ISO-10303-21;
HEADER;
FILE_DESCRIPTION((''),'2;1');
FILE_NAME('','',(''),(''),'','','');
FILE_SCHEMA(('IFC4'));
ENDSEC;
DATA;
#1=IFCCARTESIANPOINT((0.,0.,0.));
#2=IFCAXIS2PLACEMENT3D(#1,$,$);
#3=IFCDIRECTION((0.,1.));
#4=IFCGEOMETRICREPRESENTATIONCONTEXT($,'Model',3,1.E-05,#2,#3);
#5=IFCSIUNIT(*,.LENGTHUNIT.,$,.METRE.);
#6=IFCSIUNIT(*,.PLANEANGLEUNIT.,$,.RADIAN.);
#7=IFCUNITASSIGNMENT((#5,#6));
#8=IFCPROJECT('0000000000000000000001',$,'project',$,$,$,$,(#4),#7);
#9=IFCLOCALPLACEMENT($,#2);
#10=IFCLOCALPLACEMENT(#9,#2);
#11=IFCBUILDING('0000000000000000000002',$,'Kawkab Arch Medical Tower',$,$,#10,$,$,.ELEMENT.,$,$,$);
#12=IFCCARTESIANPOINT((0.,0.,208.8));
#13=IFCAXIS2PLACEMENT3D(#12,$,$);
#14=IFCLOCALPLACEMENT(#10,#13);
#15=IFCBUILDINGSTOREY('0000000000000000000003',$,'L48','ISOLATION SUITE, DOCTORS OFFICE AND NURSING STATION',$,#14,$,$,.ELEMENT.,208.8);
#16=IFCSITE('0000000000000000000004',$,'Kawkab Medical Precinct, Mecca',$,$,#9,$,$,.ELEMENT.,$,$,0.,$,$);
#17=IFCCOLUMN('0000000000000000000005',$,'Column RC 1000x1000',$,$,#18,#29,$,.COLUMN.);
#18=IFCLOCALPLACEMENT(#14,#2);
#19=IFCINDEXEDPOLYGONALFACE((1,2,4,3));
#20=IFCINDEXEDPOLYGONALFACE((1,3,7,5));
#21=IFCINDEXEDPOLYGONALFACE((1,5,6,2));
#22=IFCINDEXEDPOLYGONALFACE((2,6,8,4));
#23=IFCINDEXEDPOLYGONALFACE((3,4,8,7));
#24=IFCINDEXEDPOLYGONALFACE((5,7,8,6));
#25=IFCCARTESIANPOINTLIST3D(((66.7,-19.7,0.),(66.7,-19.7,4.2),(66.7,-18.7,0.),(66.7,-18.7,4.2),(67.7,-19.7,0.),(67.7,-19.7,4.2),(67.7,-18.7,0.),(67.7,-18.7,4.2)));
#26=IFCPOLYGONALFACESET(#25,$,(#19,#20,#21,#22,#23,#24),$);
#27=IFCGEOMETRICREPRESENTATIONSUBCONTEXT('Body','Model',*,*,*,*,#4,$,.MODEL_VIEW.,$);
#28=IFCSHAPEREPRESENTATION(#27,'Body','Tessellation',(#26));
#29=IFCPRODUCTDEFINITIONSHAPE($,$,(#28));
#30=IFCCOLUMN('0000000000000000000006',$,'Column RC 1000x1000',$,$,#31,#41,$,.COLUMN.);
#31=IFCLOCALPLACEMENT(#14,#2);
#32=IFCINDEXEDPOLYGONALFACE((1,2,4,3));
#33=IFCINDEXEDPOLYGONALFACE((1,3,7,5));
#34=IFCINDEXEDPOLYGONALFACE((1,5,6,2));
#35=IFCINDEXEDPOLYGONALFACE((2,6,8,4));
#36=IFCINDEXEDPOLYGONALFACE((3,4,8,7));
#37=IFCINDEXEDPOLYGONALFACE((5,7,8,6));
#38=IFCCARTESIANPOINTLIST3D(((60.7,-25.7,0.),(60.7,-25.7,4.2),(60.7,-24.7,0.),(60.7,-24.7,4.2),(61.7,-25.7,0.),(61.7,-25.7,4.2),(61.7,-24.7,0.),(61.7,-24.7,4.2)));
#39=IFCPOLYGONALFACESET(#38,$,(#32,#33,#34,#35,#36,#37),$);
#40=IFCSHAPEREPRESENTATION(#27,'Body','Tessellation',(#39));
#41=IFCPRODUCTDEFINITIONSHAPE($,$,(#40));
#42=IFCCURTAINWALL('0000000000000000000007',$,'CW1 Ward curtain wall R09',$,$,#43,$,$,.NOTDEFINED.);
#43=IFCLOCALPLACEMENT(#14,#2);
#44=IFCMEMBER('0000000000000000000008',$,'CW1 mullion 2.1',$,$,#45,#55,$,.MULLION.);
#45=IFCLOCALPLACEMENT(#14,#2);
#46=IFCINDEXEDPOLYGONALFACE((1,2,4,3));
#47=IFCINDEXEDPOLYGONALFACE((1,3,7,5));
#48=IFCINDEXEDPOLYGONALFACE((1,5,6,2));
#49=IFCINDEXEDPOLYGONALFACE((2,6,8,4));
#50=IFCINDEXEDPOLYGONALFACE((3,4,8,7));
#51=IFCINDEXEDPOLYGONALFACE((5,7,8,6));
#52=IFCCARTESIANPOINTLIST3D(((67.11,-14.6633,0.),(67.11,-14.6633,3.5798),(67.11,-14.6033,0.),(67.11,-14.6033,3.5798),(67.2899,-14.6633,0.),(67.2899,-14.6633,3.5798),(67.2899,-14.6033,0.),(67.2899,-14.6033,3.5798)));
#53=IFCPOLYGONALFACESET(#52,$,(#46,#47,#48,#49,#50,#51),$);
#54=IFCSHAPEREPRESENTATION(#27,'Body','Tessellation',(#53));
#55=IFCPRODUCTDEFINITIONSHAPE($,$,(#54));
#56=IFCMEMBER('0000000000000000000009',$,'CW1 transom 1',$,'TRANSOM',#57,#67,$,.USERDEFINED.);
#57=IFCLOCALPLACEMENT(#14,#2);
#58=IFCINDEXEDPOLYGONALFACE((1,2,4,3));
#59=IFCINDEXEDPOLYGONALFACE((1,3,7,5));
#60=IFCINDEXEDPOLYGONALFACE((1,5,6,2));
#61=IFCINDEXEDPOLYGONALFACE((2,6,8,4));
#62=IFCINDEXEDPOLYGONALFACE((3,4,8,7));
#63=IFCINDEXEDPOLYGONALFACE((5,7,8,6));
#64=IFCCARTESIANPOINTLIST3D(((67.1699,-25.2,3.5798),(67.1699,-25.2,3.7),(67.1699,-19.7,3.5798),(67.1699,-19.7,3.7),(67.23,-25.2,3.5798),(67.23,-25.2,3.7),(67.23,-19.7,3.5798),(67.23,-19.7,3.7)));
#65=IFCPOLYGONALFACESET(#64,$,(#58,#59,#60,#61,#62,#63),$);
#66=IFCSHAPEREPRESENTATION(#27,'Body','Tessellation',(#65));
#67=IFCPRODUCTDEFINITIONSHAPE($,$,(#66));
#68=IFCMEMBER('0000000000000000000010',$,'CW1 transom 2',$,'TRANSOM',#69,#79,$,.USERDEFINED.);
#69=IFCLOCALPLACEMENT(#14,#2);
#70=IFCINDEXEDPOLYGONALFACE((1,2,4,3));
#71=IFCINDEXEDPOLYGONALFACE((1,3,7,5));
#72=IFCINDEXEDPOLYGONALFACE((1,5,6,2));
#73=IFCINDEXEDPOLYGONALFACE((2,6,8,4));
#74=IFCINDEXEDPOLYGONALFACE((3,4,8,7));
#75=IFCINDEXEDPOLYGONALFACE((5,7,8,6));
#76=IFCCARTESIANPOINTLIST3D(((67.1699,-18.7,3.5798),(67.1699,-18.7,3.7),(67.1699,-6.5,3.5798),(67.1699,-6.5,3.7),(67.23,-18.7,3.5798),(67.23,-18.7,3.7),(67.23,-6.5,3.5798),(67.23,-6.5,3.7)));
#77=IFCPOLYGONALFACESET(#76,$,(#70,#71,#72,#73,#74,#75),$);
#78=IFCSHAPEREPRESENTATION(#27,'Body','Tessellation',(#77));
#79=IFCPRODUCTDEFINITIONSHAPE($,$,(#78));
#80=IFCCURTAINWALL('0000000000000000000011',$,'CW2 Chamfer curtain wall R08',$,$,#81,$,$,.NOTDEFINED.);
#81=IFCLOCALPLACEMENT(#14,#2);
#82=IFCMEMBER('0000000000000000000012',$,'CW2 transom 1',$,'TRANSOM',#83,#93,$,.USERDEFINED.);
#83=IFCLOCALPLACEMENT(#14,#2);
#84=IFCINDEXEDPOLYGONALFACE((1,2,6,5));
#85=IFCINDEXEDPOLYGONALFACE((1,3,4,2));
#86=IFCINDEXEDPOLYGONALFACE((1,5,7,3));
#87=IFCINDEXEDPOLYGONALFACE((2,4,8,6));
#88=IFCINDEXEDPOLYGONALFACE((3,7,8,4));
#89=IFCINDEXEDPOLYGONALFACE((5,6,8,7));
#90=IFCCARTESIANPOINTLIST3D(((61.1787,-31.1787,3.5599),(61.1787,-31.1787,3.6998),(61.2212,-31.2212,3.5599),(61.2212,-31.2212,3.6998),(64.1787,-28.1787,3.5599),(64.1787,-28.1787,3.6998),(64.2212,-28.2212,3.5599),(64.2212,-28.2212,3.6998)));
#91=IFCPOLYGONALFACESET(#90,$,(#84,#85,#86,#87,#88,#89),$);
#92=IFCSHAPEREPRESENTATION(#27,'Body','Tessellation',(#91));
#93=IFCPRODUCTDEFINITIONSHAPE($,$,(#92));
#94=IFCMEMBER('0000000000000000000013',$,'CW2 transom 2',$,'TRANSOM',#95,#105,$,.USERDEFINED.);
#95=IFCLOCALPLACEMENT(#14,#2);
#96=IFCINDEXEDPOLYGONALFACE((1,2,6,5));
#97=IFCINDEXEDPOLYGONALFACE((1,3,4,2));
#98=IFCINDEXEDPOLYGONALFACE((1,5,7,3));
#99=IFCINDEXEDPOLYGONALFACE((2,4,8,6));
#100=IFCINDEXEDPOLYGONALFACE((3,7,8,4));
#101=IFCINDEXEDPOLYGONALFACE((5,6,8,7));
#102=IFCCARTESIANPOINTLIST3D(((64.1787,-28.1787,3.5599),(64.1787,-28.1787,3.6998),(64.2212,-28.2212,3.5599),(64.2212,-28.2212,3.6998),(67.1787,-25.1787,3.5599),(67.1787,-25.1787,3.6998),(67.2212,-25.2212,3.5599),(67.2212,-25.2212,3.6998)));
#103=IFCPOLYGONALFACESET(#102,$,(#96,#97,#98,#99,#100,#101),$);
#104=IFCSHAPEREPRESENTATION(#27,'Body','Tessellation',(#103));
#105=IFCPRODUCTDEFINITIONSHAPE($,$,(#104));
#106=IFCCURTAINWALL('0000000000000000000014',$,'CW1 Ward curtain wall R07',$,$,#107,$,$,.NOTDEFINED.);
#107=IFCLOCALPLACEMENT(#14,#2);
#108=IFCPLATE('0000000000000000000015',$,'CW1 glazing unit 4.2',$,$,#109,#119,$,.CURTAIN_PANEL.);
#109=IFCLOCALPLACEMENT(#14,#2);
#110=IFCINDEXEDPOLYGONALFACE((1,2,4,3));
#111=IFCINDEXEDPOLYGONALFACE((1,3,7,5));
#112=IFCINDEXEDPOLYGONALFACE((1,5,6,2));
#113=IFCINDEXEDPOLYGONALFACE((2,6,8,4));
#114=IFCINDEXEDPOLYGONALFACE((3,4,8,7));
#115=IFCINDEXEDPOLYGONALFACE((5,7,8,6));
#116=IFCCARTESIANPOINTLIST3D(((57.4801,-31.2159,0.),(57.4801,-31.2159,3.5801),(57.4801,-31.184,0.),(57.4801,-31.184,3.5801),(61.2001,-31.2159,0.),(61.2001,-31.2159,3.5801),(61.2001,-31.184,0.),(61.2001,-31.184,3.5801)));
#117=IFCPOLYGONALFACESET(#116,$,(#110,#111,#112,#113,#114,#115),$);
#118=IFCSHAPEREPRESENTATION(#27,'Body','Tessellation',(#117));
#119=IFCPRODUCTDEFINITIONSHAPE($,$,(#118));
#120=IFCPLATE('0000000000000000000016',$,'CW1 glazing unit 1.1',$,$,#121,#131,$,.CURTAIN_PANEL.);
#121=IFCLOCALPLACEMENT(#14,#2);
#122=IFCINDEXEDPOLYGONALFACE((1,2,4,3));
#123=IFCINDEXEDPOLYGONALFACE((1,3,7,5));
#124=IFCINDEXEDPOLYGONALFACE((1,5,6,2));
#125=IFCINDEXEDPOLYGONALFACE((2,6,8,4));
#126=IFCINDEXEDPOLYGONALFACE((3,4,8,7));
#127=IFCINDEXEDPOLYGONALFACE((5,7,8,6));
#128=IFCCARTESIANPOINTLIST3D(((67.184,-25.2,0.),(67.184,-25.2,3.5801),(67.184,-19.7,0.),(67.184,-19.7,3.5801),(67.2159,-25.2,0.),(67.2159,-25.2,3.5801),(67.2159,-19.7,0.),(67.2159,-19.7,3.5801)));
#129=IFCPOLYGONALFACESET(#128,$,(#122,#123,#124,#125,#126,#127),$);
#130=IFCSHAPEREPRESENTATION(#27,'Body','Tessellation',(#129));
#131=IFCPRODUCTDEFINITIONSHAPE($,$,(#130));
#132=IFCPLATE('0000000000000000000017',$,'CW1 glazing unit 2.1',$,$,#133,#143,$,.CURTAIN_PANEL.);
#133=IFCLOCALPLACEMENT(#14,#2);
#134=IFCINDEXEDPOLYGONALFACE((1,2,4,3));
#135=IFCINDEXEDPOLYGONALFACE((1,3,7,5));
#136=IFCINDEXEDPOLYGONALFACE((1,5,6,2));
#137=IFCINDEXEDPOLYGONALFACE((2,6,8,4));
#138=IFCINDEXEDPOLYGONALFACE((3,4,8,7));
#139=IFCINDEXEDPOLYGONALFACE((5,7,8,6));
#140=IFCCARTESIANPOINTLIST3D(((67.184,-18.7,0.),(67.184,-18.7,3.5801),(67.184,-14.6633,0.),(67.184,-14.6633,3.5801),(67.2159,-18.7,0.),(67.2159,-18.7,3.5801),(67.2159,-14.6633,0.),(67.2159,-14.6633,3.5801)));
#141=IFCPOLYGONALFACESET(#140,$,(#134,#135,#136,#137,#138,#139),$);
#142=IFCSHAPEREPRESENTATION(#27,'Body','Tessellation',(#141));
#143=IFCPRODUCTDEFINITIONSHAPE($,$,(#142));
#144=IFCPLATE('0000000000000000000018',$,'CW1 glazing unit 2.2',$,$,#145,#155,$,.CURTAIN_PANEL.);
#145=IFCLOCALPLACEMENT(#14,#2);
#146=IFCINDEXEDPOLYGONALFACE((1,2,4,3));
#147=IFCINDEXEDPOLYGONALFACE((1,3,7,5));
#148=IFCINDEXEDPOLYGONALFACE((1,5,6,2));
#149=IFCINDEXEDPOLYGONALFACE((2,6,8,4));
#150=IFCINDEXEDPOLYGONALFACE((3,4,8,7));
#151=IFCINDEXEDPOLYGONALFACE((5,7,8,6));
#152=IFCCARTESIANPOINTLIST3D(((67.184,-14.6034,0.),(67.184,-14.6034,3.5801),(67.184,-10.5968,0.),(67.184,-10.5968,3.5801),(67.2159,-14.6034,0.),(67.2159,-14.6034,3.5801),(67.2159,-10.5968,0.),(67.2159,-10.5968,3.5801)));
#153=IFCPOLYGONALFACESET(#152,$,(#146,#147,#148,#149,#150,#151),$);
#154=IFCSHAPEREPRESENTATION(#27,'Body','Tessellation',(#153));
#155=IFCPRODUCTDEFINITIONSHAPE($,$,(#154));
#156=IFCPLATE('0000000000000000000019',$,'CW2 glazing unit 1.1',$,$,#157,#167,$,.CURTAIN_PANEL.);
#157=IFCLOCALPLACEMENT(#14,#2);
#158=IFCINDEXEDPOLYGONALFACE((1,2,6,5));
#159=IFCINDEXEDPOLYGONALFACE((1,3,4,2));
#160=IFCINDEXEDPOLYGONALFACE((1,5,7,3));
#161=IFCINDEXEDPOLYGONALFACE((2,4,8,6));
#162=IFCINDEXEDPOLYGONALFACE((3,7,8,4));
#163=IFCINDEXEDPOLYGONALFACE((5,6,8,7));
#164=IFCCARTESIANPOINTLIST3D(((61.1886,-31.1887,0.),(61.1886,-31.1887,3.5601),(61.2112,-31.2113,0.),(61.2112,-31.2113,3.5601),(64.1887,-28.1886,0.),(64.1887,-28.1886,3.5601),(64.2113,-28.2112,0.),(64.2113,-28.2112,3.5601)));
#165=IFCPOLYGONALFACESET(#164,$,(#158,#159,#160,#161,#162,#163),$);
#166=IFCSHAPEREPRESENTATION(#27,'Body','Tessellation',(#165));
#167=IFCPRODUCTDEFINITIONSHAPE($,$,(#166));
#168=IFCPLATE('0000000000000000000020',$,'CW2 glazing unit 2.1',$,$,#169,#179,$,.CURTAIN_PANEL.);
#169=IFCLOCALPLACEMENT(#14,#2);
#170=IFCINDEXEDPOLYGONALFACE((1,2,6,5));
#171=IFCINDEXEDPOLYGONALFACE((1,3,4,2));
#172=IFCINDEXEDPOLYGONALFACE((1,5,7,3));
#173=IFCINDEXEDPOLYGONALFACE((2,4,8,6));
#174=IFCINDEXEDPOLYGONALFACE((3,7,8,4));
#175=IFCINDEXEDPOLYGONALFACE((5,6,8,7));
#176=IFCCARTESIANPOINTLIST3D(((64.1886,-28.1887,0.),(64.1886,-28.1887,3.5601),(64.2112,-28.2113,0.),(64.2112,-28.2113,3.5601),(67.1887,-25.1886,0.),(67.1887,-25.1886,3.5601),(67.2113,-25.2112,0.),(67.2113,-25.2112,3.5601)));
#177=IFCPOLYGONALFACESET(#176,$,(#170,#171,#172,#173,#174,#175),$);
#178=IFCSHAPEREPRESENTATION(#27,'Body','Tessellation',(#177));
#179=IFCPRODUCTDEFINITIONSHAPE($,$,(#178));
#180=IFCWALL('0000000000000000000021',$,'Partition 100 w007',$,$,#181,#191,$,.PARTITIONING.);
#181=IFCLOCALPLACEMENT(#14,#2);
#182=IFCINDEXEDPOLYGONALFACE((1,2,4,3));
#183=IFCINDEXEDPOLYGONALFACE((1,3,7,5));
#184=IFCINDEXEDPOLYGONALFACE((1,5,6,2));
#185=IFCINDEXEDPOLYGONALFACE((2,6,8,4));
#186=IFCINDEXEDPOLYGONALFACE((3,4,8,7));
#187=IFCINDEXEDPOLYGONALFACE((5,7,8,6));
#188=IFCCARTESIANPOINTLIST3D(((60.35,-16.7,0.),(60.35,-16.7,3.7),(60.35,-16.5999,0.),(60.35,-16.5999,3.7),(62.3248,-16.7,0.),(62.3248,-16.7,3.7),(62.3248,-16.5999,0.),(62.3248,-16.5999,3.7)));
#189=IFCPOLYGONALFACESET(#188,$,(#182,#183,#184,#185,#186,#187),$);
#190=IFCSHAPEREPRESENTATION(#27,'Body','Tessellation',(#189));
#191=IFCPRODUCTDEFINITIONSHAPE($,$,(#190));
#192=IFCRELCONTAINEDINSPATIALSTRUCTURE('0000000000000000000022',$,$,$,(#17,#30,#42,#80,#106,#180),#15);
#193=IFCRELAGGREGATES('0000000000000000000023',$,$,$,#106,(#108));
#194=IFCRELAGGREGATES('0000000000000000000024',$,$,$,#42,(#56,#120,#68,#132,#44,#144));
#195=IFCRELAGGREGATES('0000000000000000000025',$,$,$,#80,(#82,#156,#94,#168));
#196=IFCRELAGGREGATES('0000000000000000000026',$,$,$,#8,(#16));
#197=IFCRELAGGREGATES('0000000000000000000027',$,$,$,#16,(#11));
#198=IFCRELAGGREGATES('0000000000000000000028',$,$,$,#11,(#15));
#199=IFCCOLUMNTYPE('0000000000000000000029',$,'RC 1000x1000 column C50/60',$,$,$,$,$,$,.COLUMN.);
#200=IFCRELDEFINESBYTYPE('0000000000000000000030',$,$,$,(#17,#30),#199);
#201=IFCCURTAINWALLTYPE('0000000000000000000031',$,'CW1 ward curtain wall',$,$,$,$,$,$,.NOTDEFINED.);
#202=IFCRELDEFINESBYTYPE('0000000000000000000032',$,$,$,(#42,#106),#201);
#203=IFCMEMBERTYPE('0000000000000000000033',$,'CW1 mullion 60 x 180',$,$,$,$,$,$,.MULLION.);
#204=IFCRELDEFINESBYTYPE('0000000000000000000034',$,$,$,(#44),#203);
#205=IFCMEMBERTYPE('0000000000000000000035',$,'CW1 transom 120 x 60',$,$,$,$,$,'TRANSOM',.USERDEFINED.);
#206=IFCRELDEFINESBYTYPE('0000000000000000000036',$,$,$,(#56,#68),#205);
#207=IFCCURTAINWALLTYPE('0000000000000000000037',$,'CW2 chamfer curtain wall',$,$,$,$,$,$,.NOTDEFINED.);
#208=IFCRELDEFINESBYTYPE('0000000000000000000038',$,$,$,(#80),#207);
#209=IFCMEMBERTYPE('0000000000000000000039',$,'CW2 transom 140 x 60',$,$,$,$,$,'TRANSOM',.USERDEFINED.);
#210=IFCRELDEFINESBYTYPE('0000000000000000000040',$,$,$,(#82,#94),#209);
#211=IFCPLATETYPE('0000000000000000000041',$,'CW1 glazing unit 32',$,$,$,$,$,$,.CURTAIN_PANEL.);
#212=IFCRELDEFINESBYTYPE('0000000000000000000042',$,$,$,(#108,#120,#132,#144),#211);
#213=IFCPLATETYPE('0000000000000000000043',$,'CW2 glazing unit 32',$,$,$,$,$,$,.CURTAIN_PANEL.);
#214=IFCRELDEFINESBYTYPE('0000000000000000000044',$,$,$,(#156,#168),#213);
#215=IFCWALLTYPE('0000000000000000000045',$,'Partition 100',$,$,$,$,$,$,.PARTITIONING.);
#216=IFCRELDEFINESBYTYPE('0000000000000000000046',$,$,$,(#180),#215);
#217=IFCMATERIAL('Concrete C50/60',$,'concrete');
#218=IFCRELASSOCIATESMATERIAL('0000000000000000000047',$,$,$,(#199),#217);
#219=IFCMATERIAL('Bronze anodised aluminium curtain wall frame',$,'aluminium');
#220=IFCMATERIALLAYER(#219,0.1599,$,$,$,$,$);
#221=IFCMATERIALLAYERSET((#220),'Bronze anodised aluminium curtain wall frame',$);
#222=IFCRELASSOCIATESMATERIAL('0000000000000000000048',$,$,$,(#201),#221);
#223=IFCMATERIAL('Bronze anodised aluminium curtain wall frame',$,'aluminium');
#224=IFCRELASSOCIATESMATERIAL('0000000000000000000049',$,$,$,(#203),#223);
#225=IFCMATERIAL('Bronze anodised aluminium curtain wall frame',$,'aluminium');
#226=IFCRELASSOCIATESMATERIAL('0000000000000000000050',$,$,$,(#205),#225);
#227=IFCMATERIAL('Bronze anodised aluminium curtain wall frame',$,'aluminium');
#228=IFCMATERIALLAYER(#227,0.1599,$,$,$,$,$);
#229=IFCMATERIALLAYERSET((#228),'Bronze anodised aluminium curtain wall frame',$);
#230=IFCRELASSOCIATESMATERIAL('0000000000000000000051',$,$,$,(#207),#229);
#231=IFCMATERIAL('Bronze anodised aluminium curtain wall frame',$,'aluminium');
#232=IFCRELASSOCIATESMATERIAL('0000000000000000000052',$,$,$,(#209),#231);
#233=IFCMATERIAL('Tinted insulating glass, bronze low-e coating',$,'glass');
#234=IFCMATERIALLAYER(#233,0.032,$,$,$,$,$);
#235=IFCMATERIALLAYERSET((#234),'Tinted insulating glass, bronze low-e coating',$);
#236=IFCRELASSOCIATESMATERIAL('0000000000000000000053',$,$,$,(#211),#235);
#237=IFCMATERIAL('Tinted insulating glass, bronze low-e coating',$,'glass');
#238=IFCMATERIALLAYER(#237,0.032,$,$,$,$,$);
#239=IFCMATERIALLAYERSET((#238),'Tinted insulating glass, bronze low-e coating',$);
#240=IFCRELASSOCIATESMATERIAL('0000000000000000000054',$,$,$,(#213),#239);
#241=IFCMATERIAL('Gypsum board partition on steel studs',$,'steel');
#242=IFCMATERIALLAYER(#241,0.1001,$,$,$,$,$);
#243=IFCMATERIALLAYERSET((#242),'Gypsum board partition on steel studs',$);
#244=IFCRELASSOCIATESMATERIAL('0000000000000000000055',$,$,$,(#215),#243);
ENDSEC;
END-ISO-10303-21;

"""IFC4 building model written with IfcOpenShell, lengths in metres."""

from ifc_helpers import new_model, si_unit, direction, frame, frame_2d, origin, origin_2d, place, context, subcontext, project, spatial, rectangle, extrude, material, layer, layer_set, material_profile, profile_set, type_object, element, aggregate, save


model = new_model("IFC4")

# Units and contexts
model_context = context("Model", 3, precision=1e-05, world=origin(), true_north=direction((0.0, 1.0)))
body_context = subcontext(model_context, "Body", "Model", "MODEL_VIEW")
ifc_project = project(units=[si_unit("LENGTHUNIT", "METRE"), si_unit("PLANEANGLEUNIT", "RADIAN")], contexts=[model_context])

# Site, building, storey
site_placement = place(None, origin())
site = spatial("IfcSite", under=ifc_project, at=site_placement, Name="Kawkab Medical Precinct, Mecca", CompositionType="ELEMENT", RefElevation=0.0)
building_placement = place(site_placement, origin())
building = spatial("IfcBuilding", under=site, at=building_placement, Name="Kawkab Arch Medical Tower", CompositionType="ELEMENT")
storey_placement = place(building_placement, frame((0.0, 0.0, 208.8)))
storey = spatial("IfcBuildingStorey", under=building, at=storey_placement, Name="L48", Description="ISOLATION SUITE, DOCTORS OFFICE AND NURSING STATION", CompositionType="ELEMENT", Elevation=208.8)

# Columns
ifc_material_1 = material(Name="Concrete C50/60", Category="concrete")
ifc_material_profile_1 = material_profile(ifc_material_1, rectangle(XDim=1.0, YDim=1.0, at=origin_2d()), Name="RC 1000x1000")
ifc_profile_set_1 = profile_set([ifc_material_profile_1], Name="Concrete C50/60")
column_type = type_object("IfcColumnType", Name="RC 1000x1000 column C50/60", PredefinedType="COLUMN", material=ifc_profile_set_1)
for number, where, z_axis, x_axis, name in (
    (1, (67.2, -19.2, 0.0), (0.0, 0.0, 1.0), (1.0, 0.0, 0.0), "Column RC 1000x1000"),
    (2, (61.2, -25.2, 0.0), (0.0, 0.0, 1.0), (1.0, 0.0, 0.0), "Column RC 1000x1000"),
):
    element("IfcColumn", number, at=place(storey_placement, frame(where, z_axis=z_axis, x_axis=x_axis)), inside=storey, type_object=column_type, Name=name, PredefinedType="COLUMN", context=body_context, shape_type="SweptSolid", body=[
        extrude(rectangle(XDim=1.0, YDim=1.0, at=origin_2d()), origin(), (0.0, 0.0, 1.0), 4.2),
    ])

# Curtain walls, members
ifc_material_2 = material(Name="Bronze anodised aluminium curtain wall frame", Category="aluminium")
ifc_layer_1 = layer(ifc_material_2, 0.1599)
ifc_layer_set_1 = layer_set([ifc_layer_1], Name="Bronze anodised aluminium curtain wall frame")
curtain_wall_type_1 = type_object("IfcCurtainWallType", Name="CW1 ward curtain wall", PredefinedType="NOTDEFINED", material=ifc_layer_set_1)
placement = place(storey_placement, origin())
curtain_wall_1 = element("IfcCurtainWall", 3, at=placement, inside=storey, type_object=curtain_wall_type_1, Name="CW1 Ward curtain wall R09", PredefinedType="NOTDEFINED")
ifc_material_3 = material(Name="Bronze anodised aluminium curtain wall frame", Category="aluminium")
ifc_material_profile_2 = material_profile(ifc_material_3, rectangle(XDim=0.1799, YDim=0.0601, at=origin_2d()), Name="AL 60x180")
ifc_profile_set_2 = profile_set([ifc_material_profile_2], Name="Bronze anodised aluminium curtain wall frame")
member_type_1 = type_object("IfcMemberType", Name="CW1 mullion 60 x 180", PredefinedType="MULLION", material=ifc_profile_set_2)
member_1_placement = place(storey_placement, frame((67.2, -14.6333, 0.0), z_axis=(0.0, 0.0, 1.0), x_axis=(-1.0, 0.0, 0.0)))
member_1 = element("IfcMember", 4, at=member_1_placement, type_object=member_type_1, Name="CW1 mullion 2.1", PredefinedType="MULLION", context=body_context, shape_type="SweptSolid", body=[
    extrude(rectangle(XDim=0.1799, YDim=0.0601, at=origin_2d()), origin(), (0.0, 0.0, 1.0), 3.5798),
])
ifc_material_4 = material(Name="Bronze anodised aluminium curtain wall frame", Category="aluminium")
ifc_material_profile_3 = material_profile(ifc_material_4, rectangle(XDim=0.0601, YDim=0.1201, at=origin_2d()), Name="AL 60x120")
ifc_profile_set_3 = profile_set([ifc_material_profile_3], Name="Bronze anodised aluminium curtain wall frame")
member_type_2 = type_object("IfcMemberType", Name="CW1 transom 120 x 60", ElementType="TRANSOM", PredefinedType="USERDEFINED", material=ifc_profile_set_3)
member_2_placement = place(storey_placement, frame((67.2, -25.2, 3.6399), z_axis=(0.0, 1.0, 0.0), x_axis=(-1.0, 0.0, 0.0)))
member_2 = element("IfcMember", 5, at=member_2_placement, type_object=member_type_2, Name="CW1 transom 1", ObjectType="TRANSOM", PredefinedType="USERDEFINED", context=body_context, shape_type="SweptSolid", body=[
    extrude(rectangle(XDim=0.0601, YDim=0.1201, at=origin_2d()), origin(), (0.0, 0.0, 1.0), 5.5),
])
member_3_placement = place(storey_placement, frame((67.2, -18.7, 3.6399), z_axis=(0.0, 1.0, 0.0), x_axis=(-1.0, 0.0, 0.0)))
member_3 = element("IfcMember", 6, at=member_3_placement, type_object=member_type_2, Name="CW1 transom 2", ObjectType="TRANSOM", PredefinedType="USERDEFINED", context=body_context, shape_type="SweptSolid", body=[
    extrude(rectangle(XDim=0.0601, YDim=0.1201, at=origin_2d()), origin(), (0.0, 0.0, 1.0), 12.2),
])
ifc_material_5 = material(Name="Bronze anodised aluminium curtain wall frame", Category="aluminium")
ifc_layer_2 = layer(ifc_material_5, 0.1599)
ifc_layer_set_2 = layer_set([ifc_layer_2], Name="Bronze anodised aluminium curtain wall frame")
curtain_wall_type_2 = type_object("IfcCurtainWallType", Name="CW2 chamfer curtain wall", PredefinedType="NOTDEFINED", material=ifc_layer_set_2)
curtain_wall_2 = element("IfcCurtainWall", 7, at=placement, inside=storey, type_object=curtain_wall_type_2, Name="CW2 Chamfer curtain wall R08", PredefinedType="NOTDEFINED")
ifc_material_6 = material(Name="Bronze anodised aluminium curtain wall frame", Category="aluminium")
ifc_material_profile_4 = material_profile(ifc_material_6, rectangle(XDim=0.0601, YDim=0.1399, at=origin_2d()), Name="AL 60x140")
ifc_profile_set_4 = profile_set([ifc_material_profile_4], Name="Bronze anodised aluminium curtain wall frame")
member_type_3 = type_object("IfcMemberType", Name="CW2 transom 140 x 60", ElementType="TRANSOM", PredefinedType="USERDEFINED", material=ifc_profile_set_4)
member_4_placement = place(storey_placement, frame((61.2, -31.2, 3.6299), z_axis=(0.707107, 0.707107, 0.0), x_axis=(-0.707107, 0.707107, 0.0)))
member_4 = element("IfcMember", 8, at=member_4_placement, type_object=member_type_3, Name="CW2 transom 1", ObjectType="TRANSOM", PredefinedType="USERDEFINED", context=body_context, shape_type="SweptSolid", body=[
    extrude(rectangle(XDim=0.0601, YDim=0.1399, at=origin_2d()), origin(), (0.0, 0.0, 1.0), 4.2427),
])
member_5_placement = place(storey_placement, frame((64.2, -28.2, 3.6299), z_axis=(0.707107, 0.707107, 0.0), x_axis=(-0.707107, 0.707107, 0.0)))
member_5 = element("IfcMember", 9, at=member_5_placement, type_object=member_type_3, Name="CW2 transom 2", ObjectType="TRANSOM", PredefinedType="USERDEFINED", context=body_context, shape_type="SweptSolid", body=[
    extrude(rectangle(XDim=0.0601, YDim=0.1399, at=origin_2d()), origin(), (0.0, 0.0, 1.0), 4.2427),
])

# Curtain wall, plate
curtain_wall_3 = element("IfcCurtainWall", 10, at=placement, inside=storey, type_object=curtain_wall_type_1, Name="CW1 Ward curtain wall R07", PredefinedType="NOTDEFINED")
ifc_material_7 = material(Name="Tinted insulating glass, bronze low-e coating", Category="glass")
ifc_layer_3 = layer(ifc_material_7, 0.032)
ifc_layer_set_3 = layer_set([ifc_layer_3], Name="Tinted insulating glass, bronze low-e coating")
plate_type_1 = type_object("IfcPlateType", Name="CW1 glazing unit 32", PredefinedType="CURTAIN_PANEL", material=ifc_layer_set_3)
plate_1_placement = place(storey_placement, frame((59.3401, -31.2, 0.0), z_axis=(0.0, 0.0, 1.0), x_axis=(1.0, 0.0, 0.0)))
plate_1 = element("IfcPlate", 11, at=plate_1_placement, type_object=plate_type_1, Name="CW1 glazing unit 4.2", PredefinedType="CURTAIN_PANEL", context=body_context, shape_type="SweptSolid", body=[
    extrude(rectangle(XDim=3.72, YDim=0.032, at=origin_2d()), origin(), (0.0, 0.0, 1.0), 3.5801),
])
aggregate(curtain_wall_3, [plate_1])

# Plates
plate_2_placement = place(storey_placement, frame((67.2, -22.45, 0.0), z_axis=(0.0, 0.0, 1.0), x_axis=(0.0, 1.0, 0.0)))
plate_2 = element("IfcPlate", 12, at=plate_2_placement, type_object=plate_type_1, Name="CW1 glazing unit 1.1", PredefinedType="CURTAIN_PANEL", context=body_context, shape_type="SweptSolid", body=[
    extrude(rectangle(XDim=5.5, YDim=0.032, at=origin_2d()), origin(), (0.0, 0.0, 1.0), 3.5801),
])
plate_3_placement = place(storey_placement, frame((67.2, -16.6816, 0.0), z_axis=(0.0, 0.0, 1.0), x_axis=(0.0, 1.0, 0.0)))
plate_3 = element("IfcPlate", 13, at=plate_3_placement, type_object=plate_type_1, Name="CW1 glazing unit 2.1", PredefinedType="CURTAIN_PANEL", context=body_context, shape_type="SweptSolid", body=[
    extrude(rectangle(XDim=4.0366, YDim=0.032, at=origin_2d()), origin(), (0.0, 0.0, 1.0), 3.5801),
])
plate_4_placement = place(storey_placement, frame((67.2, -12.6001, 0.0), z_axis=(0.0, 0.0, 1.0), x_axis=(0.0, 1.0, 0.0)))
plate_4 = element("IfcPlate", 14, at=plate_4_placement, type_object=plate_type_1, Name="CW1 glazing unit 2.2", PredefinedType="CURTAIN_PANEL", context=body_context, shape_type="SweptSolid", body=[
    extrude(rectangle(XDim=4.0066, YDim=0.032, at=origin_2d()), origin(), (0.0, 0.0, 1.0), 3.5801),
])
aggregate(curtain_wall_1, [member_2, plate_2, member_3, plate_3, member_1, plate_4])
ifc_material_8 = material(Name="Tinted insulating glass, bronze low-e coating", Category="glass")
ifc_layer_4 = layer(ifc_material_8, 0.032)
ifc_layer_set_4 = layer_set([ifc_layer_4], Name="Tinted insulating glass, bronze low-e coating")
plate_type_2 = type_object("IfcPlateType", Name="CW2 glazing unit 32", PredefinedType="CURTAIN_PANEL", material=ifc_layer_set_4)
plate_5_placement = place(storey_placement, frame((62.7, -29.7, 0.0), z_axis=(0.0, 0.0, 1.0), x_axis=(0.707107, 0.707107, 0.0)))
plate_5 = element("IfcPlate", 15, at=plate_5_placement, type_object=plate_type_2, Name="CW2 glazing unit 1.1", PredefinedType="CURTAIN_PANEL", context=body_context, shape_type="SweptSolid", body=[
    extrude(rectangle(XDim=4.2427, YDim=0.032, at=origin_2d()), origin(), (0.0, 0.0, 1.0), 3.5601),
])
plate_6_placement = place(storey_placement, frame((65.7, -26.7, 0.0), z_axis=(0.0, 0.0, 1.0), x_axis=(0.707107, 0.707107, 0.0)))
plate_6 = element("IfcPlate", 16, at=plate_6_placement, type_object=plate_type_2, Name="CW2 glazing unit 2.1", PredefinedType="CURTAIN_PANEL", context=body_context, shape_type="SweptSolid", body=[
    extrude(rectangle(XDim=4.2427, YDim=0.032, at=origin_2d()), origin(), (0.0, 0.0, 1.0), 3.5601),
])
aggregate(curtain_wall_2, [member_4, plate_5, member_5, plate_6])

# Wall
ifc_material_9 = material(Name="Gypsum board partition on steel studs", Category="steel")
ifc_layer_5 = layer(ifc_material_9, 0.1001)
ifc_layer_set_5 = layer_set([ifc_layer_5], Name="Gypsum board partition on steel studs")
wall_type_1 = type_object("IfcWallType", Name="Partition 100", PredefinedType="PARTITIONING", material=ifc_layer_set_5)
wall_1_placement = place(storey_placement, frame((60.3501, -16.6499, 0.0), z_axis=(0.0, 0.0, 1.0), x_axis=(1.0, 0.0, 0.0)))
element("IfcWall", 17, at=wall_1_placement, inside=storey, type_object=wall_type_1, Name="Partition 100 w007", PredefinedType="PARTITIONING", context=body_context, shape_type="SweptSolid", body=[
    extrude(rectangle(XDim=1.9749, YDim=0.1001, at=frame_2d((0.9873, 0.0))), origin(), (0.0, 0.0, 1.0), 3.7),
])

save(model, "model.ifc")
